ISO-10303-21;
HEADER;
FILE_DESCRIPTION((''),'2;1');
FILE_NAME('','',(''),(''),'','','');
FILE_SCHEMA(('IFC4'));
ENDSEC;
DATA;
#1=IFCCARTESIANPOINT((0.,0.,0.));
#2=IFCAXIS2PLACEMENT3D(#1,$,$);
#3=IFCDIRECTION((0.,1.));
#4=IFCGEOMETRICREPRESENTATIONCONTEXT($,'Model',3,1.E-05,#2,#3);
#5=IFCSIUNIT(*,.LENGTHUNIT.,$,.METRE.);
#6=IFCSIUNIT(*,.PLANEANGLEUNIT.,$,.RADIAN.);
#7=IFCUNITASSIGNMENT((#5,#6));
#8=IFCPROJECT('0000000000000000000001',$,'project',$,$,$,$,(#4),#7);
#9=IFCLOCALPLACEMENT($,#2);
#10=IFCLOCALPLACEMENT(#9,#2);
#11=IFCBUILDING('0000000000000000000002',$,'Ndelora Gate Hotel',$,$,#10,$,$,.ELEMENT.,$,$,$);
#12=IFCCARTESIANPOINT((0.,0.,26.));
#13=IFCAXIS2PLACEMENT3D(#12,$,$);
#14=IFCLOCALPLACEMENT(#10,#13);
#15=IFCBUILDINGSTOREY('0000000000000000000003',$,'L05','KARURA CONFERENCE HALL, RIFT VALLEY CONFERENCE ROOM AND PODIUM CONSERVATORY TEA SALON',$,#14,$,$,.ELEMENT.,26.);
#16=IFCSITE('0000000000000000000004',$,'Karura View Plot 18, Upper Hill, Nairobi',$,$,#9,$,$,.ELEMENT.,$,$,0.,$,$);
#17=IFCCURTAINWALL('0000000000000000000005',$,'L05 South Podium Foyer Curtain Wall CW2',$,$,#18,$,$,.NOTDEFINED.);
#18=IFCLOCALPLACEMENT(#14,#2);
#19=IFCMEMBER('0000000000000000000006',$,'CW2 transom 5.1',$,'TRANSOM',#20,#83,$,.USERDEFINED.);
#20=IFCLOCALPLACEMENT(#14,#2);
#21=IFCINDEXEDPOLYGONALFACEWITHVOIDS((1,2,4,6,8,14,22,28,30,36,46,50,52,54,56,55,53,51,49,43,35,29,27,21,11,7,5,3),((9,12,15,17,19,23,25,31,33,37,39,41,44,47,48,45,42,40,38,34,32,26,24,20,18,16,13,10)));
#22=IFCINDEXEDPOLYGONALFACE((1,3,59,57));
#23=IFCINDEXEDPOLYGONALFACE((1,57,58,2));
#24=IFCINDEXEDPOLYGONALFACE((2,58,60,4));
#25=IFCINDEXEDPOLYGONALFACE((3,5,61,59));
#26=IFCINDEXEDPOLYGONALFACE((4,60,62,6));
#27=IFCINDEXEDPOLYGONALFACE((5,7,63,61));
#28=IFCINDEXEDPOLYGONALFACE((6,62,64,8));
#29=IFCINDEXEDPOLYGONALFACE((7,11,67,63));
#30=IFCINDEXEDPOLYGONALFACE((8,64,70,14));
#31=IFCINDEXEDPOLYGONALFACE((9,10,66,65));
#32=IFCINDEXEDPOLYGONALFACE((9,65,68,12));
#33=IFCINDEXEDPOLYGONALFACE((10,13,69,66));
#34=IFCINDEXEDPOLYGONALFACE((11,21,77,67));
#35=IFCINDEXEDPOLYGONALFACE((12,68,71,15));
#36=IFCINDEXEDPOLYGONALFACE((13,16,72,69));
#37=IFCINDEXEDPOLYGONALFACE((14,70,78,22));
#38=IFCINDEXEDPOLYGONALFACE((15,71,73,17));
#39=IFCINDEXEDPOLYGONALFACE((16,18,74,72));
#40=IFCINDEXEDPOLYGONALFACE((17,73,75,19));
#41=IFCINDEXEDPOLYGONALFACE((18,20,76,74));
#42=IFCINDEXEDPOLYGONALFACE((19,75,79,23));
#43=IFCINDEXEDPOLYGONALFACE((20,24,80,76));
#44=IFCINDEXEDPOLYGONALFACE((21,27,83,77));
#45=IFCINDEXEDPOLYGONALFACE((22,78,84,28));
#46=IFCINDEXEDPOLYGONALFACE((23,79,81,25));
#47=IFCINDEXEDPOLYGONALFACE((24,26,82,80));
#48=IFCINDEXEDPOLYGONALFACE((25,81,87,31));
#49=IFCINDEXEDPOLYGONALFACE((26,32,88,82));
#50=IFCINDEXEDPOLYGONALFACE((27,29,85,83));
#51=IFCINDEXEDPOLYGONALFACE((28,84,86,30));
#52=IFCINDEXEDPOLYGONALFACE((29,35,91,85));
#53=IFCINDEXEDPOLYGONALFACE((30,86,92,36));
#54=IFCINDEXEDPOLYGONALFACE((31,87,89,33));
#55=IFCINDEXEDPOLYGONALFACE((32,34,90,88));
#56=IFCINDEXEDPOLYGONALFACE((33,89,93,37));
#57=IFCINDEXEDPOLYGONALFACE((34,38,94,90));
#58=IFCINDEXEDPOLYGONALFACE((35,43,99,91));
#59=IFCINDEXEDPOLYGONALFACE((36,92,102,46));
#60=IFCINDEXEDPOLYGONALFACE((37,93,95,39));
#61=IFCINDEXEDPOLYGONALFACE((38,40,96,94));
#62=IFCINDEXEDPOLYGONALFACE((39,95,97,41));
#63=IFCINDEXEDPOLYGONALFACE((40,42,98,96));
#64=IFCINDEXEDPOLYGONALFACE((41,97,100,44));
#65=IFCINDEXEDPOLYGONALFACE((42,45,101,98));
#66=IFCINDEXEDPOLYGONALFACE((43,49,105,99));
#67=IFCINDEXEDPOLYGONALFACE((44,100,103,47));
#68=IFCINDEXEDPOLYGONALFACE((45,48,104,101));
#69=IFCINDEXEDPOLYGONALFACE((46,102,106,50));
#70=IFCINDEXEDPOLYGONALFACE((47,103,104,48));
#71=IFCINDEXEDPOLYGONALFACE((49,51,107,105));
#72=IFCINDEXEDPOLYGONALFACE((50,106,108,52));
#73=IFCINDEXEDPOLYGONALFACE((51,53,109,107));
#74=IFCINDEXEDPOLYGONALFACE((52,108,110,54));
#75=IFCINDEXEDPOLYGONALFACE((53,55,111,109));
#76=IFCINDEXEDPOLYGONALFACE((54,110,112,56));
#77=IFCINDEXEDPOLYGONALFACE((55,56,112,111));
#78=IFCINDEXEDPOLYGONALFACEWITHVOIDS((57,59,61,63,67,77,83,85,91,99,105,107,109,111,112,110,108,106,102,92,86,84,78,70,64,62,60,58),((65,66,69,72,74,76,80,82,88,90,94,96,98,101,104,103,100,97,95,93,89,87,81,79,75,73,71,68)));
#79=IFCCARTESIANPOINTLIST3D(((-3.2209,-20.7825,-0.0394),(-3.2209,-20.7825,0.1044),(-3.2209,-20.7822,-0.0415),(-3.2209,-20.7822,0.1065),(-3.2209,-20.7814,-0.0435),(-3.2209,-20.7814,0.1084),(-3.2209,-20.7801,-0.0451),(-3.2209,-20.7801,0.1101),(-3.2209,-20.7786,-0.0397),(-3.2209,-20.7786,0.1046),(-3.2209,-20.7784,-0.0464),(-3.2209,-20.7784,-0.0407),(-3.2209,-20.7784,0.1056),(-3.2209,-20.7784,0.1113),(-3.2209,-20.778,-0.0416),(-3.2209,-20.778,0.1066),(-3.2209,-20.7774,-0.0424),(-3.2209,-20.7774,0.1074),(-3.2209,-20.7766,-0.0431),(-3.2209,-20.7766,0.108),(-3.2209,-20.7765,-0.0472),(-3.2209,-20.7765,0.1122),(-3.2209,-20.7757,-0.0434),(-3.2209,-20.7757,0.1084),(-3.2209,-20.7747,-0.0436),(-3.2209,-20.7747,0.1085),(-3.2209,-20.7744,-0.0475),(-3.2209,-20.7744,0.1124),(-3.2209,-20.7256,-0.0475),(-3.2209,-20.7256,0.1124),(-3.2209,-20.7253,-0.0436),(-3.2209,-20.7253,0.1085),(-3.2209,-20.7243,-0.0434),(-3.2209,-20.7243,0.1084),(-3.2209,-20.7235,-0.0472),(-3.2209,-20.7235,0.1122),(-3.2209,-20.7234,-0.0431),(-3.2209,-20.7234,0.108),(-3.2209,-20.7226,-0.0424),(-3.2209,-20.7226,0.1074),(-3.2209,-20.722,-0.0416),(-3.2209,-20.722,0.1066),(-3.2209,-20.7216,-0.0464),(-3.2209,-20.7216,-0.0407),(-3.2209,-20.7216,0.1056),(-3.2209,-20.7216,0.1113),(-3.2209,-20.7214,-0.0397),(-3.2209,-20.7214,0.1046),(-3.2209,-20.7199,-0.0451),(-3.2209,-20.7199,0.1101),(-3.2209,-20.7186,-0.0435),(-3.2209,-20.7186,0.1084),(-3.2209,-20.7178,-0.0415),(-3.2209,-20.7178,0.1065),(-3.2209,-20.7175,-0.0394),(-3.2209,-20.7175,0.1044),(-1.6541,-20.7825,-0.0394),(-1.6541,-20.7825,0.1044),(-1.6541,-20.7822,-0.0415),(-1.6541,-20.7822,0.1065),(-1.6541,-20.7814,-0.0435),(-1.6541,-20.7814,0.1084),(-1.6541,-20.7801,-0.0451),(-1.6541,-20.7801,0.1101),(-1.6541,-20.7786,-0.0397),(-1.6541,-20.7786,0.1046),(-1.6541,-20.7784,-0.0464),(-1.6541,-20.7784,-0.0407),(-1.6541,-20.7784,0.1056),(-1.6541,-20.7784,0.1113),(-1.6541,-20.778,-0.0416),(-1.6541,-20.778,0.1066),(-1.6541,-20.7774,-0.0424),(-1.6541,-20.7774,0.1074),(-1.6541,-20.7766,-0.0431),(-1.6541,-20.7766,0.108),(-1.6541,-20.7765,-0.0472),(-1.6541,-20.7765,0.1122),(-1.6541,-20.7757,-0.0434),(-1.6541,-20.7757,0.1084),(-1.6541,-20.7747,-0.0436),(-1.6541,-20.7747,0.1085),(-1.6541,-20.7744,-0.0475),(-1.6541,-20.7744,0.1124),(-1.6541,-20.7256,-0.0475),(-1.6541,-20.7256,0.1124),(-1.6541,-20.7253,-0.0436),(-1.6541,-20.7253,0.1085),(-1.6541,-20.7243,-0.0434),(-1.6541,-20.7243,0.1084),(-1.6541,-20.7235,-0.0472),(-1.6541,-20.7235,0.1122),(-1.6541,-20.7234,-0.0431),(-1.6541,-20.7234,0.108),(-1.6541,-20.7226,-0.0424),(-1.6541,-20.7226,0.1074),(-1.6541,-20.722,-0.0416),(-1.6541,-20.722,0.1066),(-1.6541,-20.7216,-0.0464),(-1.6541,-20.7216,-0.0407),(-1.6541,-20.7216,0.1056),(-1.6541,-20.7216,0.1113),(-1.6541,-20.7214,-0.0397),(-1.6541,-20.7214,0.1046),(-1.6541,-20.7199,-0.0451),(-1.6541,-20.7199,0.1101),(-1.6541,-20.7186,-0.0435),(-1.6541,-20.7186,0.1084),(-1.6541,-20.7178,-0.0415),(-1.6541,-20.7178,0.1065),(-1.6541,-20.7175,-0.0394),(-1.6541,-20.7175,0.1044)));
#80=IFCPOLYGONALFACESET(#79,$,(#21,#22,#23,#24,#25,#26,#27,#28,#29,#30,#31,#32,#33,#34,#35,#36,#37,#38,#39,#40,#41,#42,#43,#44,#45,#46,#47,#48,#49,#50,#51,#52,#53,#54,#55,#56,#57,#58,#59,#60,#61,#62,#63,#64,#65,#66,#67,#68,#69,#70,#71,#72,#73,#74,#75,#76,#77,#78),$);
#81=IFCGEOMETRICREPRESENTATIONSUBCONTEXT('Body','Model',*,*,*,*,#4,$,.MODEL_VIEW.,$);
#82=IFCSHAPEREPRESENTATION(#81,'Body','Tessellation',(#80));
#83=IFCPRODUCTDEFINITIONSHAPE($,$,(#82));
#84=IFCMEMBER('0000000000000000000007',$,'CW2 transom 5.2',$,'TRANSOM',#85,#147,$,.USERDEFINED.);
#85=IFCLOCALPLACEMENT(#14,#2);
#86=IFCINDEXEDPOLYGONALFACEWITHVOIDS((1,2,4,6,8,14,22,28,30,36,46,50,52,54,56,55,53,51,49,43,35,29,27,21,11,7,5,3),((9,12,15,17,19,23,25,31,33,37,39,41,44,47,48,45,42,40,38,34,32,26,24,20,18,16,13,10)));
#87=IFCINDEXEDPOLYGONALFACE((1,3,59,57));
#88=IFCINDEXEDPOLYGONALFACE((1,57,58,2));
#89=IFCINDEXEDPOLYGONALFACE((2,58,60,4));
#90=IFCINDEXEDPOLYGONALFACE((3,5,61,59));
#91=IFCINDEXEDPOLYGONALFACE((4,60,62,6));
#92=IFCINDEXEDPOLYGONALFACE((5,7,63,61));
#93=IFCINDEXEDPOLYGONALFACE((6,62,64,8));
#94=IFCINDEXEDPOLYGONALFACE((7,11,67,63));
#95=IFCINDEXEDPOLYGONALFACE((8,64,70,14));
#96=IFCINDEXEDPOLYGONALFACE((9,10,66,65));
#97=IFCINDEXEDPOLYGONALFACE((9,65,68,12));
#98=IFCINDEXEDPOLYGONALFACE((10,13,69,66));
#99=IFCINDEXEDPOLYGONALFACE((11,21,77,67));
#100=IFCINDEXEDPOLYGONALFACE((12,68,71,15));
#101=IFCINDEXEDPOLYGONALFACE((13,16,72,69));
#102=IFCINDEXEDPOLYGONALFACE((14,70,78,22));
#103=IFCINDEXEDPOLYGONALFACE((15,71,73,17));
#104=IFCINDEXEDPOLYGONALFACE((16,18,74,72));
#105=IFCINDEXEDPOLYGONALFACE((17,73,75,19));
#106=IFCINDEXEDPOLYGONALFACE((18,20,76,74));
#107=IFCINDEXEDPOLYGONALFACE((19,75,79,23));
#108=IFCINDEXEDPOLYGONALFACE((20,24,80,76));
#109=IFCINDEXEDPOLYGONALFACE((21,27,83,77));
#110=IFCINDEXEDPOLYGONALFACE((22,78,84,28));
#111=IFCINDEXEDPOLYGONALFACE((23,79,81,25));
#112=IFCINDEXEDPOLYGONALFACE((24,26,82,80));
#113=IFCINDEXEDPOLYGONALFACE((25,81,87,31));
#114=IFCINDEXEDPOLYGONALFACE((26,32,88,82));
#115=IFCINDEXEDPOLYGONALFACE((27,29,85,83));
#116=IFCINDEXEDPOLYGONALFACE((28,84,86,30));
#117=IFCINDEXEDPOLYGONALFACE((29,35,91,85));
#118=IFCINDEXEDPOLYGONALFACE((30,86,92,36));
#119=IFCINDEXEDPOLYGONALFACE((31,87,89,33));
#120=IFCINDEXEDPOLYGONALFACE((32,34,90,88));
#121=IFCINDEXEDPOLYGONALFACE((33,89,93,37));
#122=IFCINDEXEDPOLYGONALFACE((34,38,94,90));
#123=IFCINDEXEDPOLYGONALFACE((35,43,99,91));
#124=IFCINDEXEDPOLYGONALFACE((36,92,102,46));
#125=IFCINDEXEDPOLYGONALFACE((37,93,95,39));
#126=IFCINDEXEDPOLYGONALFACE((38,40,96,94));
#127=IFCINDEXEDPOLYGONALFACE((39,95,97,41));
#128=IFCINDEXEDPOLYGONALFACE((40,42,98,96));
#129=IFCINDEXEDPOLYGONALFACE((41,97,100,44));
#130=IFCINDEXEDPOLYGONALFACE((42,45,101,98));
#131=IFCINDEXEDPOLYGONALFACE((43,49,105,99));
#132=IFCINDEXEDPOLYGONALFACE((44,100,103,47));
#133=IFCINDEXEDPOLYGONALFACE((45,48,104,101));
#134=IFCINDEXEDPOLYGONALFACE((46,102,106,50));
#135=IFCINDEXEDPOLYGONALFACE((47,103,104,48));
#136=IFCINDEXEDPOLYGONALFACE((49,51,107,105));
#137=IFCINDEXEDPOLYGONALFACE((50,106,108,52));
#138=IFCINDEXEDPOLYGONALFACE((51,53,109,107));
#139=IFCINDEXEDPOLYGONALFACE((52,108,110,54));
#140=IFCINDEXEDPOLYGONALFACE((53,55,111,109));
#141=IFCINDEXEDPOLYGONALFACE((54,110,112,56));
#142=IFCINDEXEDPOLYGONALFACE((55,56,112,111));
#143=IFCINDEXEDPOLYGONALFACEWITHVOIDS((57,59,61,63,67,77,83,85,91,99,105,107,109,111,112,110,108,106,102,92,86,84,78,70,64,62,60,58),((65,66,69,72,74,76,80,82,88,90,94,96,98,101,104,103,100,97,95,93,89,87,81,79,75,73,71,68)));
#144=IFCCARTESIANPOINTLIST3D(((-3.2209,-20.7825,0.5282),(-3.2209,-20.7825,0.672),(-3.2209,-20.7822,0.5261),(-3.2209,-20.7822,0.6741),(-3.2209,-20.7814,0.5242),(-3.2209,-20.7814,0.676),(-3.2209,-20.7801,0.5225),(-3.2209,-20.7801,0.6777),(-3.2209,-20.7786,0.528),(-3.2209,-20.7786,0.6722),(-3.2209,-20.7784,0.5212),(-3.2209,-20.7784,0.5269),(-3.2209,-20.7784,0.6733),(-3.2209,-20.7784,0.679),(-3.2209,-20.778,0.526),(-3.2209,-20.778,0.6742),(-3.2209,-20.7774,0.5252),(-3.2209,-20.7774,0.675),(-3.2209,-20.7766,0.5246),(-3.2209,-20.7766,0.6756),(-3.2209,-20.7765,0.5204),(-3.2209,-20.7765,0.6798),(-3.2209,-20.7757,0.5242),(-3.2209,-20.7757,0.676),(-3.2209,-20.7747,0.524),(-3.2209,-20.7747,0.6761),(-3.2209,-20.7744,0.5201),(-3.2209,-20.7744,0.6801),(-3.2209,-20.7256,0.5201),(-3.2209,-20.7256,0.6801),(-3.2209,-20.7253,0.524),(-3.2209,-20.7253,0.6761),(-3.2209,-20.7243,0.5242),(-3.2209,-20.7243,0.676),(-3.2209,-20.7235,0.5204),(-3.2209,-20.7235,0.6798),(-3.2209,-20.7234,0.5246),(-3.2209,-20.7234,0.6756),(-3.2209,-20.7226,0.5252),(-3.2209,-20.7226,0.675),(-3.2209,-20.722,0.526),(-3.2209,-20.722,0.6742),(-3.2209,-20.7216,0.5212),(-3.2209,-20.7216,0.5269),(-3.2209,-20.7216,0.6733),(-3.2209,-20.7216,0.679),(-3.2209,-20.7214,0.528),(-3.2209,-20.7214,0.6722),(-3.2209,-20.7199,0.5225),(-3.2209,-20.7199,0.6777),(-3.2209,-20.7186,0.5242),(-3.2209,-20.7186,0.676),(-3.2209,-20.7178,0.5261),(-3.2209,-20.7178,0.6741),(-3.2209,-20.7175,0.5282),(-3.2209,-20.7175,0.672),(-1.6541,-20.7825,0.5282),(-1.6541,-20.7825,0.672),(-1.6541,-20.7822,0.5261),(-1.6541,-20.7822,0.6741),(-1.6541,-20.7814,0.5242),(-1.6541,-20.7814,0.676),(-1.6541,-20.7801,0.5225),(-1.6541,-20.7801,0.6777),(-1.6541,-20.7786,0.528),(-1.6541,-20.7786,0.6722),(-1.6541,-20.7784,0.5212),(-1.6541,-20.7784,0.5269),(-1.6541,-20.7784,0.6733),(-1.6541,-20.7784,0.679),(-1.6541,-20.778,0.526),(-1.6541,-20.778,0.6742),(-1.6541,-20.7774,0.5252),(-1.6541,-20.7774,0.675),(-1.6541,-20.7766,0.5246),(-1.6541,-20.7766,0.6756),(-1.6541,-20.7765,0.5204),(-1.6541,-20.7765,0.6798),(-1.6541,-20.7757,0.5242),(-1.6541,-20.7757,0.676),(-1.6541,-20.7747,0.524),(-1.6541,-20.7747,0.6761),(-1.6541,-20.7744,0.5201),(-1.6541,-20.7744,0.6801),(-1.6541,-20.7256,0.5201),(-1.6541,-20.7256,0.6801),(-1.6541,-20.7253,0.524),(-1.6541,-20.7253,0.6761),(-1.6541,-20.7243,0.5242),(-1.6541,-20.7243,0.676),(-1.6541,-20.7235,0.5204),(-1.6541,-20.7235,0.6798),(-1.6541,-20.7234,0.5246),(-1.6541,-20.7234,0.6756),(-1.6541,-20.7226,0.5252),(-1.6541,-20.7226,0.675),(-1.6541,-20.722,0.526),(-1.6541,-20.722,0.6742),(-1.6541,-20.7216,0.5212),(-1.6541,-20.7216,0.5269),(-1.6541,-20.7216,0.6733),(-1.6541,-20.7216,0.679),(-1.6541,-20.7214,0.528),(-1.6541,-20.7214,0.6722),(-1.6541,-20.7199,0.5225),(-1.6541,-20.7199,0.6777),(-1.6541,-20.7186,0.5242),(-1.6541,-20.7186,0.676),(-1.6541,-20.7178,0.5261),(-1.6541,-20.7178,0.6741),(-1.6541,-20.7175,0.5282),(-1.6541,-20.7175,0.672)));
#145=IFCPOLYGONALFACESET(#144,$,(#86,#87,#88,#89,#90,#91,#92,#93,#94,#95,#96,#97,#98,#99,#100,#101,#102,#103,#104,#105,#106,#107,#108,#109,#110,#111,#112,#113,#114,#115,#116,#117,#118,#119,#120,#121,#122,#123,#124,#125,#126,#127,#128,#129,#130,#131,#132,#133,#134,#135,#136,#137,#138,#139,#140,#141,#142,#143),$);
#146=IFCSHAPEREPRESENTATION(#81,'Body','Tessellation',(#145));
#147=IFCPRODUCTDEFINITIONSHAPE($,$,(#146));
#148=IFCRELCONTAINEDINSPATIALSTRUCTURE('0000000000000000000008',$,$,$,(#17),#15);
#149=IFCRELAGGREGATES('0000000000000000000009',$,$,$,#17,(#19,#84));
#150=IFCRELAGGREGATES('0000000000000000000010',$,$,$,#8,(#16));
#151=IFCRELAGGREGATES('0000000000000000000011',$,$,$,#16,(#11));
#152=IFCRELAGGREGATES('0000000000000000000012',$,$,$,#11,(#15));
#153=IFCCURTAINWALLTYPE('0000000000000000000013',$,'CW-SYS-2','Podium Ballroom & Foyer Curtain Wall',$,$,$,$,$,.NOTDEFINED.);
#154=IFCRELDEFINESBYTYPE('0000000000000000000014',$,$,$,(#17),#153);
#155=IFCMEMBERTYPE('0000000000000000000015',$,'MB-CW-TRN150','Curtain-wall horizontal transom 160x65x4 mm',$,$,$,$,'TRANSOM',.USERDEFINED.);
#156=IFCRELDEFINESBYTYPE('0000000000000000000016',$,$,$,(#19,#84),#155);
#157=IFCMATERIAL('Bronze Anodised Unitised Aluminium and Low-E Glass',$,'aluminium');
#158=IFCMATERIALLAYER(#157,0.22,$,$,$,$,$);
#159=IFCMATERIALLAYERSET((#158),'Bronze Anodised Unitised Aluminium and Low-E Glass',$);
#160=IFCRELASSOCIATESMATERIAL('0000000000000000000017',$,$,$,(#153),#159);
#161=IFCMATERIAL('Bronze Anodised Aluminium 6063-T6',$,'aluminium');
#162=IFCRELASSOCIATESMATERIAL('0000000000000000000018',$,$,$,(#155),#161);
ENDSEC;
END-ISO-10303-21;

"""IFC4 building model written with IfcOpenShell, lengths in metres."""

from ifc_helpers import new_model, si_unit, direction, frame, origin, origin_2d, place, context, subcontext, project, spatial, hollow_rectangle, extrude, material, layer, layer_set, material_profile, profile_set, type_object, element, aggregate, save


model = new_model("IFC4")

# Units and contexts
model_context = context("Model", 3, precision=1e-05, world=origin(), true_north=direction((0.0, 1.0)))
body_context = subcontext(model_context, "Body", "Model", "MODEL_VIEW")
ifc_project = project(units=[si_unit("LENGTHUNIT", "METRE"), si_unit("PLANEANGLEUNIT", "RADIAN")], contexts=[model_context])

# Site, building, storey
site_placement = place(None, origin())
site = spatial("IfcSite", under=ifc_project, at=site_placement, Name="Karura View Plot 18, Upper Hill, Nairobi", CompositionType="ELEMENT", RefElevation=0.0)
building_placement = place(site_placement, origin())
building = spatial("IfcBuilding", under=site, at=building_placement, Name="Ndelora Gate Hotel", CompositionType="ELEMENT")
storey_placement = place(building_placement, frame((0.0, 0.0, 26.0)))
storey = spatial("IfcBuildingStorey", under=building, at=storey_placement, Name="L05", Description="KARURA CONFERENCE HALL, RIFT VALLEY CONFERENCE ROOM AND PODIUM CONSERVATORY TEA SALON", CompositionType="ELEMENT", Elevation=26.0)

# Curtain wall, members
ifc_material_1 = material(Name="Bronze Anodised Unitised Aluminium and Low-E Glass", Category="aluminium")
ifc_layer_1 = layer(ifc_material_1, 0.22)
ifc_layer_set_1 = layer_set([ifc_layer_1], Name="Bronze Anodised Unitised Aluminium and Low-E Glass")
curtain_wall_type = type_object("IfcCurtainWallType", Name="CW-SYS-2", Description="Podium Ballroom & Foyer Curtain Wall", PredefinedType="NOTDEFINED", material=ifc_layer_set_1)
curtain_wall_placement = place(storey_placement, origin())
curtain_wall = element("IfcCurtainWall", 1, at=curtain_wall_placement, inside=storey, type_object=curtain_wall_type, Name="L05 South Podium Foyer Curtain Wall CW2", PredefinedType="NOTDEFINED")
ifc_material_2 = material(Name="Bronze Anodised Aluminium 6063-T6", Category="aluminium")
ifc_material_profile_1 = material_profile(ifc_material_2, hollow_rectangle(XDim=0.0649, YDim=0.1599, WallThickness=0.0039, InnerFilletRadius=0.0039, OuterFilletRadius=0.0081, at=origin_2d()), Name="ALU 160x65x4")
ifc_profile_set_1 = profile_set([ifc_material_profile_1], Name="Bronze Anodised Aluminium 6063-T6")
member_type_1 = type_object("IfcMemberType", Name="MB-CW-TRN150", Description="Curtain-wall horizontal transom 160x65x4 mm", ElementType="TRANSOM", PredefinedType="USERDEFINED", material=ifc_profile_set_1)
member_1_placement = place(storey_placement, frame((-3.2209, -20.75, 0.0325), z_axis=(1.0, 0.0, 0.0), x_axis=(0.0, 1.0, 0.0)))
member_1 = element("IfcMember", 2, at=member_1_placement, type_object=member_type_1, Name="CW2 transom 5.1", ObjectType="TRANSOM", PredefinedType="USERDEFINED", context=body_context, shape_type="SweptSolid", body=[
    extrude(hollow_rectangle(XDim=0.0649, YDim=0.1599, WallThickness=0.0039, InnerFilletRadius=0.0039, OuterFilletRadius=0.0081, at=origin_2d()), origin(), (0.0, 0.0, 1.0), 1.5669),
])
member_2_placement = place(storey_placement, frame((-3.2209, -20.75, 0.6001), z_axis=(1.0, 0.0, 0.0), x_axis=(0.0, 1.0, 0.0)))
member_2 = element("IfcMember", 3, at=member_2_placement, type_object=member_type_1, Name="CW2 transom 5.2", ObjectType="TRANSOM", PredefinedType="USERDEFINED", context=body_context, shape_type="SweptSolid", body=[
    extrude(hollow_rectangle(XDim=0.0649, YDim=0.1599, WallThickness=0.0039, InnerFilletRadius=0.0039, OuterFilletRadius=0.0081, at=origin_2d()), origin(), (0.0, 0.0, 1.0), 1.5669),
])
aggregate(curtain_wall, [member_1, member_2])

save(model, "model.ifc")
